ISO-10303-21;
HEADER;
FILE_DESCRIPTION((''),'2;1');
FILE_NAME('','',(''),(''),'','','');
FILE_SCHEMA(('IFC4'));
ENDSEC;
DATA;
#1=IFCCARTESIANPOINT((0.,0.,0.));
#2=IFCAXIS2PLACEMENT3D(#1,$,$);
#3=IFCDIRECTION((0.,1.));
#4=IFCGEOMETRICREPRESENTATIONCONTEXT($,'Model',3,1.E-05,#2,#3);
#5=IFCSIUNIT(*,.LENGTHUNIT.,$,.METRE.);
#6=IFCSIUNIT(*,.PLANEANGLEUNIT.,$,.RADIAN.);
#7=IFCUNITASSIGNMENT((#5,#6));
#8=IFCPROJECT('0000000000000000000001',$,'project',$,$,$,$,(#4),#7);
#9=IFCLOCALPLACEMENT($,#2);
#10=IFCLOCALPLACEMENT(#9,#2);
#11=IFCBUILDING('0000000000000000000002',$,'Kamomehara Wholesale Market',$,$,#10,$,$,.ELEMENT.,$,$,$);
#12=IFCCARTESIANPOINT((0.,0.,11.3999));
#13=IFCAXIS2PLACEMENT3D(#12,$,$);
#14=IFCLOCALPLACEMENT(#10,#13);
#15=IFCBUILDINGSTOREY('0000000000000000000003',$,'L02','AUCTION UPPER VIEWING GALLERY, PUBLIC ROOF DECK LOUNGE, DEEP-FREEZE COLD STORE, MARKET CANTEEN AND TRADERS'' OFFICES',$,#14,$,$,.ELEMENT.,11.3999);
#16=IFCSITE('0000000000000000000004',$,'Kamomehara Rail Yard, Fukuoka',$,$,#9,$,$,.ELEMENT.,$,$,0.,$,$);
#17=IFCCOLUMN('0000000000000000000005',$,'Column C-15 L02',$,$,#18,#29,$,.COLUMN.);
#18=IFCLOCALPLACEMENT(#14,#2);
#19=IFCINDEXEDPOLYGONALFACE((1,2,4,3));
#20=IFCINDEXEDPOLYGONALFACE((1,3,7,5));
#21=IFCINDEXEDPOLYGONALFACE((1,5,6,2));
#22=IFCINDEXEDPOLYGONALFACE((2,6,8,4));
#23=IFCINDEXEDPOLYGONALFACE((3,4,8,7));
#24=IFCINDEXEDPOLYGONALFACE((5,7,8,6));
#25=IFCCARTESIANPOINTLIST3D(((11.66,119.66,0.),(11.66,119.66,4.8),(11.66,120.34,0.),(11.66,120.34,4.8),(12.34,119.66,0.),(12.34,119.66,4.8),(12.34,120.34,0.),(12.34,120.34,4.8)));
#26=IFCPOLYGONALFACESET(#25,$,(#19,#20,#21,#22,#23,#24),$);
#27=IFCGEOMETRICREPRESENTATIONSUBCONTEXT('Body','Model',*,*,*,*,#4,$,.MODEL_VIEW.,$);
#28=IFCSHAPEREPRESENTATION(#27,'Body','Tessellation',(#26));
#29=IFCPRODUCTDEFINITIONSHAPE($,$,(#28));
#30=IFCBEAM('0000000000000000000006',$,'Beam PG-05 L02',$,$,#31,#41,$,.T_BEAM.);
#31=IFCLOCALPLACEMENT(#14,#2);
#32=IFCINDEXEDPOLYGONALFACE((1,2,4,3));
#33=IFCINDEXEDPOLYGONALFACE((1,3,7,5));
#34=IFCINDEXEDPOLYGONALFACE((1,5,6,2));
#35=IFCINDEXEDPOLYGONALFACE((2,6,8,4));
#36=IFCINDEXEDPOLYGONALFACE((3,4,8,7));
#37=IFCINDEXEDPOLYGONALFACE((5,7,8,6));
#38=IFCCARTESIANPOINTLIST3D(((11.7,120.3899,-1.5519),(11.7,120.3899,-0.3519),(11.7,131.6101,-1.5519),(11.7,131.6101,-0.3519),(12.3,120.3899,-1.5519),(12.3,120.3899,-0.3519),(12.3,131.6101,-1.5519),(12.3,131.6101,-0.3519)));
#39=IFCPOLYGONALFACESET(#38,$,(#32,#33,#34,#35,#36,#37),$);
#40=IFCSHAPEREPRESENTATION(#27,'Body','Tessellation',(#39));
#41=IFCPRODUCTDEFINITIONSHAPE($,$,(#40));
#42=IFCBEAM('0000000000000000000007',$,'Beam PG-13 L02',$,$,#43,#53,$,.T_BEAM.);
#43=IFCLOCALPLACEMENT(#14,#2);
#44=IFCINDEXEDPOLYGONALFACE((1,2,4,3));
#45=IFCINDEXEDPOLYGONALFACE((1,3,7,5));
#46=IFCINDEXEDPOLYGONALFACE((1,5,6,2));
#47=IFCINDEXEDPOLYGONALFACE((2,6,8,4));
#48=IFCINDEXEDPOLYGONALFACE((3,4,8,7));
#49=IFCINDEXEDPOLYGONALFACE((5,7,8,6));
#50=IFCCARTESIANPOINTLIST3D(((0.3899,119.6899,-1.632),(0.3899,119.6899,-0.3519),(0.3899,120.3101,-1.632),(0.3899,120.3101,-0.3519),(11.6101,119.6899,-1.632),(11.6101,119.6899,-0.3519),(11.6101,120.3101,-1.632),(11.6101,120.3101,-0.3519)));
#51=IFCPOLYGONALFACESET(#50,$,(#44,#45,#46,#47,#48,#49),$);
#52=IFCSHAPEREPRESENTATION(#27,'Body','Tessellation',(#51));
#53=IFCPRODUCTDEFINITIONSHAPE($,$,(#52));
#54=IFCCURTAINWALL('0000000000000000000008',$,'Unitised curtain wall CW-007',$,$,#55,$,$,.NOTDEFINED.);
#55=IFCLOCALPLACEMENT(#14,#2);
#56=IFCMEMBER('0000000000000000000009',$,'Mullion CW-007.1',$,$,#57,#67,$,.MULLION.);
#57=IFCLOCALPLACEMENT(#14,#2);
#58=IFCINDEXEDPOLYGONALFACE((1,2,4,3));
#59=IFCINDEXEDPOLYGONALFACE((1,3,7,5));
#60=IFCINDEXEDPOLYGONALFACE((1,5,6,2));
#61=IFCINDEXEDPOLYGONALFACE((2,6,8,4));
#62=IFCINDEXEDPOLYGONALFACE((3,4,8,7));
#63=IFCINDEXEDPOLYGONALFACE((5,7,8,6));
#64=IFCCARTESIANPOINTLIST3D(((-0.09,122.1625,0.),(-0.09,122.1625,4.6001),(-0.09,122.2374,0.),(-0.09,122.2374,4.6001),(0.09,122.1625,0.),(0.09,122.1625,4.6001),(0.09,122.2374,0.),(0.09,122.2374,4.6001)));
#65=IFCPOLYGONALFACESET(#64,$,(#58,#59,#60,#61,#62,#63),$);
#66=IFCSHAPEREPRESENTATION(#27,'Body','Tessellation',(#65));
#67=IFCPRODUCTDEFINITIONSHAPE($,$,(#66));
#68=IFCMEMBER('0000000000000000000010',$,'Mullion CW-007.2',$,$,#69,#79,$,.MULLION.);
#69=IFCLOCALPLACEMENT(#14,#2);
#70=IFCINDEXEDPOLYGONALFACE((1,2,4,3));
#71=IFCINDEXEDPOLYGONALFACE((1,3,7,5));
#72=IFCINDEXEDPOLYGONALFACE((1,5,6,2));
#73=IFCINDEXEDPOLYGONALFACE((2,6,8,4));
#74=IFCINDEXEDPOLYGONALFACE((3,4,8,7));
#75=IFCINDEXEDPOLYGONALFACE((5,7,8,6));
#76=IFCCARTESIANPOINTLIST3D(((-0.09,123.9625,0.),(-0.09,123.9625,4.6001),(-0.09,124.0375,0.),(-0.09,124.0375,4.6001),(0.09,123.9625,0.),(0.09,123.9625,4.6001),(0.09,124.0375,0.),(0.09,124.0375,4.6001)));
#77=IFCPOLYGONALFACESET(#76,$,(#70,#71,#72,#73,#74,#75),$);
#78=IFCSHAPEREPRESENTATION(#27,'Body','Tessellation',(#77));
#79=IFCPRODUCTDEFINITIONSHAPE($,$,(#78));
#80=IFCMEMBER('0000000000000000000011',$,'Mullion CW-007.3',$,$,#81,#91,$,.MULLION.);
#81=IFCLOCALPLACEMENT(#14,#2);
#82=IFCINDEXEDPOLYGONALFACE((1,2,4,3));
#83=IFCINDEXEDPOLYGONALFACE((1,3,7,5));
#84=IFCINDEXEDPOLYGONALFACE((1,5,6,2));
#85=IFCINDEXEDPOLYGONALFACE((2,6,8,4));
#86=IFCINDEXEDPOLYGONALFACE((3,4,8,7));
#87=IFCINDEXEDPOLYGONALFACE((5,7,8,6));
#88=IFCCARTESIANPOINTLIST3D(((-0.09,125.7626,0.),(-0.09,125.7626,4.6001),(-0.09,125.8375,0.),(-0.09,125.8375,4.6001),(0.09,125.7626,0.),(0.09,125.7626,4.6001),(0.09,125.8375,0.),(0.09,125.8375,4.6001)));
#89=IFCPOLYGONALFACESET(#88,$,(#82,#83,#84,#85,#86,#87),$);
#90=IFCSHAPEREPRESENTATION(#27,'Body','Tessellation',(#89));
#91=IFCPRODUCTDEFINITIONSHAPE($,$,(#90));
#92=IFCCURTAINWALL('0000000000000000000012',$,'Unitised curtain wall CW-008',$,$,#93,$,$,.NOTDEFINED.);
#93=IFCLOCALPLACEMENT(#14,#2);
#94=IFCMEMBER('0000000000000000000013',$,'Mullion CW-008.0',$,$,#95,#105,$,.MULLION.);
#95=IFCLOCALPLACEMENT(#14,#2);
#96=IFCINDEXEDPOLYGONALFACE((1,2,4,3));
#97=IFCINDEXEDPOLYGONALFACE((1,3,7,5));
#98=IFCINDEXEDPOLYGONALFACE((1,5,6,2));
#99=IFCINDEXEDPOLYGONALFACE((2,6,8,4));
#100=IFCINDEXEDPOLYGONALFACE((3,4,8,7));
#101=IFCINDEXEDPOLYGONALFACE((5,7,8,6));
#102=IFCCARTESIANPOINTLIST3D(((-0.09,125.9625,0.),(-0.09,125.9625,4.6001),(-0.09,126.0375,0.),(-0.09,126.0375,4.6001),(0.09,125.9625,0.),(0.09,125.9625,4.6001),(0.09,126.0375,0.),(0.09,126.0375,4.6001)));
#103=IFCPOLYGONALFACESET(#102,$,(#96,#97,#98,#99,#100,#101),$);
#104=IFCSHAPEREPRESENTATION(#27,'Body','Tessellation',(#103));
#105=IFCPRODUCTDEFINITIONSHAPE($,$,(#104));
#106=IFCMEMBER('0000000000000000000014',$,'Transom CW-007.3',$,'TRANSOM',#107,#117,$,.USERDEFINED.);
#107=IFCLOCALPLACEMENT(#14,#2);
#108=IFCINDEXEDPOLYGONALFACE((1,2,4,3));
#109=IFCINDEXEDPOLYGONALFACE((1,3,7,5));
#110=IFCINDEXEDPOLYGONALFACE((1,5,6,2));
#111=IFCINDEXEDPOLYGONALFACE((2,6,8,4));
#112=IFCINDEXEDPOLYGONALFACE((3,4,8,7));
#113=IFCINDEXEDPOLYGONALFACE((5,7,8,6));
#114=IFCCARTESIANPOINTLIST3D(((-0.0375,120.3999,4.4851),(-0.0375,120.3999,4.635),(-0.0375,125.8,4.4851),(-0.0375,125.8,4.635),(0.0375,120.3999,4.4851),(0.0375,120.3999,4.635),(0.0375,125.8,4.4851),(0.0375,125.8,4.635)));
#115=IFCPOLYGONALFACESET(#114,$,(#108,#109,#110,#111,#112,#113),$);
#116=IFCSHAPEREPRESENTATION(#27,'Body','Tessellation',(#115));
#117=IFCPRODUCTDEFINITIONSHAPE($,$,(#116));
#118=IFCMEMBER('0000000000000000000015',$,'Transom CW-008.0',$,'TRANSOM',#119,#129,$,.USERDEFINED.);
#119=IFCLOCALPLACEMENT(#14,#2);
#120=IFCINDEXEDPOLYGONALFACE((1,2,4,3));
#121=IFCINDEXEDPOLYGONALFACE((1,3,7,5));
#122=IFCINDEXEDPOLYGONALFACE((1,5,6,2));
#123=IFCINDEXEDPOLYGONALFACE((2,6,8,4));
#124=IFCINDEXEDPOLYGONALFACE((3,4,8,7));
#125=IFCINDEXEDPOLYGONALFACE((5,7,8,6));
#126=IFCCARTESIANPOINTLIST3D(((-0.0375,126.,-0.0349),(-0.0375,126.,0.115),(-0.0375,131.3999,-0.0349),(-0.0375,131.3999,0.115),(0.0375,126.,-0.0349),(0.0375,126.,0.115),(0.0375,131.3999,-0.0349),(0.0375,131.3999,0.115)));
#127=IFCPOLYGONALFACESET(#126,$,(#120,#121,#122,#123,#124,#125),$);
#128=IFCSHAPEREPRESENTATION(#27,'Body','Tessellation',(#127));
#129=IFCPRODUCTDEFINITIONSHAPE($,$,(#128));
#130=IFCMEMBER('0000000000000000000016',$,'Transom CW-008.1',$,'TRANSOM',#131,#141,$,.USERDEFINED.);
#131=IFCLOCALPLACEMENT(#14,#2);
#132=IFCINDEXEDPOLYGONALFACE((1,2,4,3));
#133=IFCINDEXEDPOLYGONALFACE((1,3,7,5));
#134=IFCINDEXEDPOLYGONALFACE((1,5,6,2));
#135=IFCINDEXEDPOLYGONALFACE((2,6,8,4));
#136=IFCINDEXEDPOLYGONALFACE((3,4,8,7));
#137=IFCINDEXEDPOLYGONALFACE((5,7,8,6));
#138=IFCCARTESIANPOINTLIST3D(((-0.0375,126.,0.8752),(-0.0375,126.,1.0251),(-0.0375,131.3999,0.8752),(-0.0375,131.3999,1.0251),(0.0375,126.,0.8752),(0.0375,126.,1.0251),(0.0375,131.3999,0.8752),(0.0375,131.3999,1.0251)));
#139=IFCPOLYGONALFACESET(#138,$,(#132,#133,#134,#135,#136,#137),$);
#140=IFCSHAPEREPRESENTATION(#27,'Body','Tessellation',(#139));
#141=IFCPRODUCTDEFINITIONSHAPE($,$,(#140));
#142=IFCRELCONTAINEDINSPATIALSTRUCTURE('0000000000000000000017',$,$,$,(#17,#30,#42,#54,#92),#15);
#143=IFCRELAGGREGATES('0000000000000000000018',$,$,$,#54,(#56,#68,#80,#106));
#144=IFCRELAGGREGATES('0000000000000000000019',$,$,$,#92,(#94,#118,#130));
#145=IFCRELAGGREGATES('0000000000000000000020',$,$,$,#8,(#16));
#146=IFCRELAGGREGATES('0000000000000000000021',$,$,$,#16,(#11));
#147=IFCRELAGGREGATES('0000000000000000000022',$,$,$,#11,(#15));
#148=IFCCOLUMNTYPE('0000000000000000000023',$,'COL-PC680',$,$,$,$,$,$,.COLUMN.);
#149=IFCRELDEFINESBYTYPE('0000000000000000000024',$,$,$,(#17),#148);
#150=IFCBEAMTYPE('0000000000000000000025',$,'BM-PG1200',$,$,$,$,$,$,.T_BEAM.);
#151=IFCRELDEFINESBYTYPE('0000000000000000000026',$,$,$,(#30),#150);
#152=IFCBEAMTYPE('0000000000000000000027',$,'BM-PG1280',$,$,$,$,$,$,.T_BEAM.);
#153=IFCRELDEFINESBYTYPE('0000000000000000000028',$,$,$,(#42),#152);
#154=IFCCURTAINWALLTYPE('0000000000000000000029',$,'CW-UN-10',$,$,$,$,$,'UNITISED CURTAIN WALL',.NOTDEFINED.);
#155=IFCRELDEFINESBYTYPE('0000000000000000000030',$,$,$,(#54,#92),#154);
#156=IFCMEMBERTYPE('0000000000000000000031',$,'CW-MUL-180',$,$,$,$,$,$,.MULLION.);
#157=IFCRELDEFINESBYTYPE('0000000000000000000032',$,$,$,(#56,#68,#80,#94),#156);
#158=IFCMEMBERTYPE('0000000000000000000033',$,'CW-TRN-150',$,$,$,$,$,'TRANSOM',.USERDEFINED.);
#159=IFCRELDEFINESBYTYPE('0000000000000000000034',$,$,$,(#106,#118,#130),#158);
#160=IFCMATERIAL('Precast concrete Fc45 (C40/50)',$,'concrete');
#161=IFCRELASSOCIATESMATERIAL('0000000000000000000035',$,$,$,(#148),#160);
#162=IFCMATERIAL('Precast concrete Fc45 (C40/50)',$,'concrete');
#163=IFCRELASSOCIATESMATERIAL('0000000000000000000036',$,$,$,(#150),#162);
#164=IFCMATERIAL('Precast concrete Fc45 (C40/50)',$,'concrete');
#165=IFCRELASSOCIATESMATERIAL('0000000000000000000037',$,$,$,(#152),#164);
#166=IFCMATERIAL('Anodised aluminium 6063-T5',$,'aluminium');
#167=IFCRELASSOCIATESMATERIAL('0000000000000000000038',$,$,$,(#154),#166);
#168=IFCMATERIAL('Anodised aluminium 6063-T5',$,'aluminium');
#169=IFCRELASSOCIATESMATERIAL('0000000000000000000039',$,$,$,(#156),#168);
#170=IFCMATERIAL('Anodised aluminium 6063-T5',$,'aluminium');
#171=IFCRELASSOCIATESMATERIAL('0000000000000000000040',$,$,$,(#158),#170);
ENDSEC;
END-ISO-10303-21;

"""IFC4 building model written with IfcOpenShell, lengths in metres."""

from ifc_helpers import new_model, si_unit, direction, frame, origin, origin_2d, place, context, subcontext, project, spatial, rectangle, extrude, material, material_profile, profile_set, type_object, element, aggregate, save


model = new_model("IFC4")

# Units and contexts
model_context = context("Model", 3, precision=1e-05, world=origin(), true_north=direction((0.0, 1.0)))
body_context = subcontext(model_context, "Body", "Model", "MODEL_VIEW")
ifc_project = project(units=[si_unit("LENGTHUNIT", "METRE"), si_unit("PLANEANGLEUNIT", "RADIAN")], contexts=[model_context])

# Site, building, storey
site_placement = place(None, origin())
site = spatial("IfcSite", under=ifc_project, at=site_placement, Name="Kamomehara Rail Yard, Fukuoka", CompositionType="ELEMENT", RefElevation=0.0)
building_placement = place(site_placement, origin())
building = spatial("IfcBuilding", under=site, at=building_placement, Name="Kamomehara Wholesale Market", CompositionType="ELEMENT")
storey_placement = place(building_placement, frame((0.0, 0.0, 11.3999)))
storey = spatial("IfcBuildingStorey", under=building, at=storey_placement, Name="L02", Description="AUCTION UPPER VIEWING GALLERY, PUBLIC ROOF DECK LOUNGE, DEEP-FREEZE COLD STORE, MARKET CANTEEN AND TRADERS' OFFICES", CompositionType="ELEMENT", Elevation=11.3999)

# Column
ifc_material_1 = material(Name="Precast concrete Fc45 (C40/50)", Category="concrete")
ifc_material_profile_1 = material_profile(ifc_material_1, rectangle(XDim=0.6799, YDim=0.6799, at=origin_2d()), Name="PC-COL-680x680")
ifc_profile_set_1 = profile_set([ifc_material_profile_1], Name="Precast concrete Fc45 (C40/50)")
column_type = type_object("IfcColumnType", Name="COL-PC680", PredefinedType="COLUMN", material=ifc_profile_set_1)
column_placement = place(storey_placement, frame((12.0, 120.0, 0.0), z_axis=(0.0, 0.0, 1.0), x_axis=(1.0, 0.0, 0.0)))
element("IfcColumn", 1, at=column_placement, inside=storey, type_object=column_type, Name="Column C-15 L02", PredefinedType="COLUMN", context=body_context, shape_type="SweptSolid", body=[
    extrude(rectangle(XDim=0.6799, YDim=0.6799, at=origin_2d()), origin(), (0.0, 0.0, 1.0), 4.8),
])

# Beams
ifc_material_2 = material(Name="Precast concrete Fc45 (C40/50)", Category="concrete")
ifc_material_profile_2 = material_profile(ifc_material_2, rectangle(XDim=0.6001, YDim=1.2, at=origin_2d()), Name="PC-GRD-600x1200")
ifc_profile_set_2 = profile_set([ifc_material_profile_2], Name="Precast concrete Fc45 (C40/50)")
beam_type_1 = type_object("IfcBeamType", Name="BM-PG1200", PredefinedType="T_BEAM", material=ifc_profile_set_2)
beam_1_placement = place(storey_placement, frame((12.0, 120.3899, -0.9519), z_axis=(0.0, 1.0, 0.0), x_axis=(-1.0, 0.0, 0.0)))
element("IfcBeam", 2, at=beam_1_placement, inside=storey, type_object=beam_type_1, Name="Beam PG-05 L02", PredefinedType="T_BEAM", context=body_context, shape_type="SweptSolid", body=[
    extrude(rectangle(XDim=0.6001, YDim=1.2, at=origin_2d()), origin(), (0.0, 0.0, 1.0), 11.2202),
])
ifc_material_3 = material(Name="Precast concrete Fc45 (C40/50)", Category="concrete")
ifc_material_profile_3 = material_profile(ifc_material_3, rectangle(XDim=0.6201, YDim=1.28, at=origin_2d()), Name="PC-GRD-620x1280")
ifc_profile_set_3 = profile_set([ifc_material_profile_3], Name="Precast concrete Fc45 (C40/50)")
beam_type_2 = type_object("IfcBeamType", Name="BM-PG1280", PredefinedType="T_BEAM", material=ifc_profile_set_3)
beam_2_placement = place(storey_placement, frame((0.3899, 120.0, -0.9919), z_axis=(1.0, 0.0, 0.0), x_axis=(0.0, 1.0, 0.0)))
element("IfcBeam", 3, at=beam_2_placement, inside=storey, type_object=beam_type_2, Name="Beam PG-13 L02", PredefinedType="T_BEAM", context=body_context, shape_type="SweptSolid", body=[
    extrude(rectangle(XDim=0.6201, YDim=1.28, at=origin_2d()), origin(), (0.0, 0.0, 1.0), 11.2202),
])

# Curtain wall, members
ifc_material_4 = material(Name="Anodised aluminium 6063-T5", Category="aluminium")
curtain_wall_type = type_object("IfcCurtainWallType", Name="CW-UN-10", ElementType="UNITISED CURTAIN WALL", PredefinedType="NOTDEFINED", material=ifc_material_4)
curtain_wall_1_placement = place(storey_placement, origin())
curtain_wall_1 = element("IfcCurtainWall", 4, at=curtain_wall_1_placement, inside=storey, type_object=curtain_wall_type, Name="Unitised curtain wall CW-007", PredefinedType="NOTDEFINED")
ifc_material_5 = material(Name="Anodised aluminium 6063-T5", Category="aluminium")
ifc_material_profile_4 = material_profile(ifc_material_5, rectangle(XDim=0.075, YDim=0.1799, at=origin_2d()), Name="ALU-MUL-75x180")
ifc_profile_set_4 = profile_set([ifc_material_profile_4], Name="Anodised aluminium 6063-T5")
member_type_1 = type_object("IfcMemberType", Name="CW-MUL-180", PredefinedType="MULLION", material=ifc_profile_set_4)
member_1_placement = place(storey_placement, frame((0.0, 122.2, 0.0), z_axis=(0.0, 0.0, 1.0), x_axis=(0.0, 1.0, 0.0)))
member_1 = element("IfcMember", 5, at=member_1_placement, type_object=member_type_1, Name="Mullion CW-007.1", PredefinedType="MULLION", context=body_context, shape_type="SweptSolid", body=[
    extrude(rectangle(XDim=0.075, YDim=0.1799, at=origin_2d()), origin(), (0.0, 0.0, 1.0), 4.6001),
])
member_2_placement = place(storey_placement, frame((0.0, 124.0, 0.0), z_axis=(0.0, 0.0, 1.0), x_axis=(0.0, 1.0, 0.0)))
member_2 = element("IfcMember", 6, at=member_2_placement, type_object=member_type_1, Name="Mullion CW-007.2", PredefinedType="MULLION", context=body_context, shape_type="SweptSolid", body=[
    extrude(rectangle(XDim=0.075, YDim=0.1799, at=origin_2d()), origin(), (0.0, 0.0, 1.0), 4.6001),
])
member_3_placement = place(storey_placement, frame((0.0, 125.8, 0.0), z_axis=(0.0, 0.0, 1.0), x_axis=(0.0, 1.0, 0.0)))
member_3 = element("IfcMember", 7, at=member_3_placement, type_object=member_type_1, Name="Mullion CW-007.3", PredefinedType="MULLION", context=body_context, shape_type="SweptSolid", body=[
    extrude(rectangle(XDim=0.075, YDim=0.1799, at=origin_2d()), origin(), (0.0, 0.0, 1.0), 4.6001),
])

# Curtain wall, member
curtain_wall_2_placement = place(storey_placement, origin())
curtain_wall_2 = element("IfcCurtainWall", 8, at=curtain_wall_2_placement, inside=storey, type_object=curtain_wall_type, Name="Unitised curtain wall CW-008", PredefinedType="NOTDEFINED")
member_4_placement = place(storey_placement, frame((0.0, 126.0, 0.0), z_axis=(0.0, 0.0, 1.0), x_axis=(0.0, 1.0, 0.0)))
member_4 = element("IfcMember", 9, at=member_4_placement, type_object=member_type_1, Name="Mullion CW-008.0", PredefinedType="MULLION", context=body_context, shape_type="SweptSolid", body=[
    extrude(rectangle(XDim=0.075, YDim=0.1799, at=origin_2d()), origin(), (0.0, 0.0, 1.0), 4.6001),
])

# Members
ifc_material_6 = material(Name="Anodised aluminium 6063-T5", Category="aluminium")
ifc_material_profile_5 = material_profile(ifc_material_6, rectangle(XDim=0.075, YDim=0.1499, at=origin_2d()), Name="ALU-TRN-75x150")
ifc_profile_set_5 = profile_set([ifc_material_profile_5], Name="Anodised aluminium 6063-T5")
member_type_2 = type_object("IfcMemberType", Name="CW-TRN-150", ElementType="TRANSOM", PredefinedType="USERDEFINED", material=ifc_profile_set_5)
member_5_placement = place(storey_placement, frame((0.0, 120.3999, 4.5601), z_axis=(0.0, 1.0, 0.0), x_axis=(-1.0, 0.0, 0.0)))
member_5 = element("IfcMember", 10, at=member_5_placement, type_object=member_type_2, Name="Transom CW-007.3", ObjectType="TRANSOM", PredefinedType="USERDEFINED", context=body_context, shape_type="SweptSolid", body=[
    extrude(rectangle(XDim=0.075, YDim=0.1499, at=origin_2d()), origin(), (0.0, 0.0, 1.0), 5.4001),
])
aggregate(curtain_wall_1, [member_1, member_2, member_3, member_5])
member_6_placement = place(storey_placement, frame((0.0, 126.0, 0.04), z_axis=(0.0, 1.0, 0.0), x_axis=(-1.0, 0.0, 0.0)))
member_6 = element("IfcMember", 11, at=member_6_placement, type_object=member_type_2, Name="Transom CW-008.0", ObjectType="TRANSOM", PredefinedType="USERDEFINED", context=body_context, shape_type="SweptSolid", body=[
    extrude(rectangle(XDim=0.075, YDim=0.1499, at=origin_2d()), origin(), (0.0, 0.0, 1.0), 5.3999),
])
member_7_placement = place(storey_placement, frame((0.0, 126.0, 0.9502), z_axis=(0.0, 1.0, 0.0), x_axis=(-1.0, 0.0, 0.0)))
member_7 = element("IfcMember", 12, at=member_7_placement, type_object=member_type_2, Name="Transom CW-008.1", ObjectType="TRANSOM", PredefinedType="USERDEFINED", context=body_context, shape_type="SweptSolid", body=[
    extrude(rectangle(XDim=0.075, YDim=0.1499, at=origin_2d()), origin(), (0.0, 0.0, 1.0), 5.3999),
])
aggregate(curtain_wall_2, [member_4, member_6, member_7])

save(model, "model.ifc")
